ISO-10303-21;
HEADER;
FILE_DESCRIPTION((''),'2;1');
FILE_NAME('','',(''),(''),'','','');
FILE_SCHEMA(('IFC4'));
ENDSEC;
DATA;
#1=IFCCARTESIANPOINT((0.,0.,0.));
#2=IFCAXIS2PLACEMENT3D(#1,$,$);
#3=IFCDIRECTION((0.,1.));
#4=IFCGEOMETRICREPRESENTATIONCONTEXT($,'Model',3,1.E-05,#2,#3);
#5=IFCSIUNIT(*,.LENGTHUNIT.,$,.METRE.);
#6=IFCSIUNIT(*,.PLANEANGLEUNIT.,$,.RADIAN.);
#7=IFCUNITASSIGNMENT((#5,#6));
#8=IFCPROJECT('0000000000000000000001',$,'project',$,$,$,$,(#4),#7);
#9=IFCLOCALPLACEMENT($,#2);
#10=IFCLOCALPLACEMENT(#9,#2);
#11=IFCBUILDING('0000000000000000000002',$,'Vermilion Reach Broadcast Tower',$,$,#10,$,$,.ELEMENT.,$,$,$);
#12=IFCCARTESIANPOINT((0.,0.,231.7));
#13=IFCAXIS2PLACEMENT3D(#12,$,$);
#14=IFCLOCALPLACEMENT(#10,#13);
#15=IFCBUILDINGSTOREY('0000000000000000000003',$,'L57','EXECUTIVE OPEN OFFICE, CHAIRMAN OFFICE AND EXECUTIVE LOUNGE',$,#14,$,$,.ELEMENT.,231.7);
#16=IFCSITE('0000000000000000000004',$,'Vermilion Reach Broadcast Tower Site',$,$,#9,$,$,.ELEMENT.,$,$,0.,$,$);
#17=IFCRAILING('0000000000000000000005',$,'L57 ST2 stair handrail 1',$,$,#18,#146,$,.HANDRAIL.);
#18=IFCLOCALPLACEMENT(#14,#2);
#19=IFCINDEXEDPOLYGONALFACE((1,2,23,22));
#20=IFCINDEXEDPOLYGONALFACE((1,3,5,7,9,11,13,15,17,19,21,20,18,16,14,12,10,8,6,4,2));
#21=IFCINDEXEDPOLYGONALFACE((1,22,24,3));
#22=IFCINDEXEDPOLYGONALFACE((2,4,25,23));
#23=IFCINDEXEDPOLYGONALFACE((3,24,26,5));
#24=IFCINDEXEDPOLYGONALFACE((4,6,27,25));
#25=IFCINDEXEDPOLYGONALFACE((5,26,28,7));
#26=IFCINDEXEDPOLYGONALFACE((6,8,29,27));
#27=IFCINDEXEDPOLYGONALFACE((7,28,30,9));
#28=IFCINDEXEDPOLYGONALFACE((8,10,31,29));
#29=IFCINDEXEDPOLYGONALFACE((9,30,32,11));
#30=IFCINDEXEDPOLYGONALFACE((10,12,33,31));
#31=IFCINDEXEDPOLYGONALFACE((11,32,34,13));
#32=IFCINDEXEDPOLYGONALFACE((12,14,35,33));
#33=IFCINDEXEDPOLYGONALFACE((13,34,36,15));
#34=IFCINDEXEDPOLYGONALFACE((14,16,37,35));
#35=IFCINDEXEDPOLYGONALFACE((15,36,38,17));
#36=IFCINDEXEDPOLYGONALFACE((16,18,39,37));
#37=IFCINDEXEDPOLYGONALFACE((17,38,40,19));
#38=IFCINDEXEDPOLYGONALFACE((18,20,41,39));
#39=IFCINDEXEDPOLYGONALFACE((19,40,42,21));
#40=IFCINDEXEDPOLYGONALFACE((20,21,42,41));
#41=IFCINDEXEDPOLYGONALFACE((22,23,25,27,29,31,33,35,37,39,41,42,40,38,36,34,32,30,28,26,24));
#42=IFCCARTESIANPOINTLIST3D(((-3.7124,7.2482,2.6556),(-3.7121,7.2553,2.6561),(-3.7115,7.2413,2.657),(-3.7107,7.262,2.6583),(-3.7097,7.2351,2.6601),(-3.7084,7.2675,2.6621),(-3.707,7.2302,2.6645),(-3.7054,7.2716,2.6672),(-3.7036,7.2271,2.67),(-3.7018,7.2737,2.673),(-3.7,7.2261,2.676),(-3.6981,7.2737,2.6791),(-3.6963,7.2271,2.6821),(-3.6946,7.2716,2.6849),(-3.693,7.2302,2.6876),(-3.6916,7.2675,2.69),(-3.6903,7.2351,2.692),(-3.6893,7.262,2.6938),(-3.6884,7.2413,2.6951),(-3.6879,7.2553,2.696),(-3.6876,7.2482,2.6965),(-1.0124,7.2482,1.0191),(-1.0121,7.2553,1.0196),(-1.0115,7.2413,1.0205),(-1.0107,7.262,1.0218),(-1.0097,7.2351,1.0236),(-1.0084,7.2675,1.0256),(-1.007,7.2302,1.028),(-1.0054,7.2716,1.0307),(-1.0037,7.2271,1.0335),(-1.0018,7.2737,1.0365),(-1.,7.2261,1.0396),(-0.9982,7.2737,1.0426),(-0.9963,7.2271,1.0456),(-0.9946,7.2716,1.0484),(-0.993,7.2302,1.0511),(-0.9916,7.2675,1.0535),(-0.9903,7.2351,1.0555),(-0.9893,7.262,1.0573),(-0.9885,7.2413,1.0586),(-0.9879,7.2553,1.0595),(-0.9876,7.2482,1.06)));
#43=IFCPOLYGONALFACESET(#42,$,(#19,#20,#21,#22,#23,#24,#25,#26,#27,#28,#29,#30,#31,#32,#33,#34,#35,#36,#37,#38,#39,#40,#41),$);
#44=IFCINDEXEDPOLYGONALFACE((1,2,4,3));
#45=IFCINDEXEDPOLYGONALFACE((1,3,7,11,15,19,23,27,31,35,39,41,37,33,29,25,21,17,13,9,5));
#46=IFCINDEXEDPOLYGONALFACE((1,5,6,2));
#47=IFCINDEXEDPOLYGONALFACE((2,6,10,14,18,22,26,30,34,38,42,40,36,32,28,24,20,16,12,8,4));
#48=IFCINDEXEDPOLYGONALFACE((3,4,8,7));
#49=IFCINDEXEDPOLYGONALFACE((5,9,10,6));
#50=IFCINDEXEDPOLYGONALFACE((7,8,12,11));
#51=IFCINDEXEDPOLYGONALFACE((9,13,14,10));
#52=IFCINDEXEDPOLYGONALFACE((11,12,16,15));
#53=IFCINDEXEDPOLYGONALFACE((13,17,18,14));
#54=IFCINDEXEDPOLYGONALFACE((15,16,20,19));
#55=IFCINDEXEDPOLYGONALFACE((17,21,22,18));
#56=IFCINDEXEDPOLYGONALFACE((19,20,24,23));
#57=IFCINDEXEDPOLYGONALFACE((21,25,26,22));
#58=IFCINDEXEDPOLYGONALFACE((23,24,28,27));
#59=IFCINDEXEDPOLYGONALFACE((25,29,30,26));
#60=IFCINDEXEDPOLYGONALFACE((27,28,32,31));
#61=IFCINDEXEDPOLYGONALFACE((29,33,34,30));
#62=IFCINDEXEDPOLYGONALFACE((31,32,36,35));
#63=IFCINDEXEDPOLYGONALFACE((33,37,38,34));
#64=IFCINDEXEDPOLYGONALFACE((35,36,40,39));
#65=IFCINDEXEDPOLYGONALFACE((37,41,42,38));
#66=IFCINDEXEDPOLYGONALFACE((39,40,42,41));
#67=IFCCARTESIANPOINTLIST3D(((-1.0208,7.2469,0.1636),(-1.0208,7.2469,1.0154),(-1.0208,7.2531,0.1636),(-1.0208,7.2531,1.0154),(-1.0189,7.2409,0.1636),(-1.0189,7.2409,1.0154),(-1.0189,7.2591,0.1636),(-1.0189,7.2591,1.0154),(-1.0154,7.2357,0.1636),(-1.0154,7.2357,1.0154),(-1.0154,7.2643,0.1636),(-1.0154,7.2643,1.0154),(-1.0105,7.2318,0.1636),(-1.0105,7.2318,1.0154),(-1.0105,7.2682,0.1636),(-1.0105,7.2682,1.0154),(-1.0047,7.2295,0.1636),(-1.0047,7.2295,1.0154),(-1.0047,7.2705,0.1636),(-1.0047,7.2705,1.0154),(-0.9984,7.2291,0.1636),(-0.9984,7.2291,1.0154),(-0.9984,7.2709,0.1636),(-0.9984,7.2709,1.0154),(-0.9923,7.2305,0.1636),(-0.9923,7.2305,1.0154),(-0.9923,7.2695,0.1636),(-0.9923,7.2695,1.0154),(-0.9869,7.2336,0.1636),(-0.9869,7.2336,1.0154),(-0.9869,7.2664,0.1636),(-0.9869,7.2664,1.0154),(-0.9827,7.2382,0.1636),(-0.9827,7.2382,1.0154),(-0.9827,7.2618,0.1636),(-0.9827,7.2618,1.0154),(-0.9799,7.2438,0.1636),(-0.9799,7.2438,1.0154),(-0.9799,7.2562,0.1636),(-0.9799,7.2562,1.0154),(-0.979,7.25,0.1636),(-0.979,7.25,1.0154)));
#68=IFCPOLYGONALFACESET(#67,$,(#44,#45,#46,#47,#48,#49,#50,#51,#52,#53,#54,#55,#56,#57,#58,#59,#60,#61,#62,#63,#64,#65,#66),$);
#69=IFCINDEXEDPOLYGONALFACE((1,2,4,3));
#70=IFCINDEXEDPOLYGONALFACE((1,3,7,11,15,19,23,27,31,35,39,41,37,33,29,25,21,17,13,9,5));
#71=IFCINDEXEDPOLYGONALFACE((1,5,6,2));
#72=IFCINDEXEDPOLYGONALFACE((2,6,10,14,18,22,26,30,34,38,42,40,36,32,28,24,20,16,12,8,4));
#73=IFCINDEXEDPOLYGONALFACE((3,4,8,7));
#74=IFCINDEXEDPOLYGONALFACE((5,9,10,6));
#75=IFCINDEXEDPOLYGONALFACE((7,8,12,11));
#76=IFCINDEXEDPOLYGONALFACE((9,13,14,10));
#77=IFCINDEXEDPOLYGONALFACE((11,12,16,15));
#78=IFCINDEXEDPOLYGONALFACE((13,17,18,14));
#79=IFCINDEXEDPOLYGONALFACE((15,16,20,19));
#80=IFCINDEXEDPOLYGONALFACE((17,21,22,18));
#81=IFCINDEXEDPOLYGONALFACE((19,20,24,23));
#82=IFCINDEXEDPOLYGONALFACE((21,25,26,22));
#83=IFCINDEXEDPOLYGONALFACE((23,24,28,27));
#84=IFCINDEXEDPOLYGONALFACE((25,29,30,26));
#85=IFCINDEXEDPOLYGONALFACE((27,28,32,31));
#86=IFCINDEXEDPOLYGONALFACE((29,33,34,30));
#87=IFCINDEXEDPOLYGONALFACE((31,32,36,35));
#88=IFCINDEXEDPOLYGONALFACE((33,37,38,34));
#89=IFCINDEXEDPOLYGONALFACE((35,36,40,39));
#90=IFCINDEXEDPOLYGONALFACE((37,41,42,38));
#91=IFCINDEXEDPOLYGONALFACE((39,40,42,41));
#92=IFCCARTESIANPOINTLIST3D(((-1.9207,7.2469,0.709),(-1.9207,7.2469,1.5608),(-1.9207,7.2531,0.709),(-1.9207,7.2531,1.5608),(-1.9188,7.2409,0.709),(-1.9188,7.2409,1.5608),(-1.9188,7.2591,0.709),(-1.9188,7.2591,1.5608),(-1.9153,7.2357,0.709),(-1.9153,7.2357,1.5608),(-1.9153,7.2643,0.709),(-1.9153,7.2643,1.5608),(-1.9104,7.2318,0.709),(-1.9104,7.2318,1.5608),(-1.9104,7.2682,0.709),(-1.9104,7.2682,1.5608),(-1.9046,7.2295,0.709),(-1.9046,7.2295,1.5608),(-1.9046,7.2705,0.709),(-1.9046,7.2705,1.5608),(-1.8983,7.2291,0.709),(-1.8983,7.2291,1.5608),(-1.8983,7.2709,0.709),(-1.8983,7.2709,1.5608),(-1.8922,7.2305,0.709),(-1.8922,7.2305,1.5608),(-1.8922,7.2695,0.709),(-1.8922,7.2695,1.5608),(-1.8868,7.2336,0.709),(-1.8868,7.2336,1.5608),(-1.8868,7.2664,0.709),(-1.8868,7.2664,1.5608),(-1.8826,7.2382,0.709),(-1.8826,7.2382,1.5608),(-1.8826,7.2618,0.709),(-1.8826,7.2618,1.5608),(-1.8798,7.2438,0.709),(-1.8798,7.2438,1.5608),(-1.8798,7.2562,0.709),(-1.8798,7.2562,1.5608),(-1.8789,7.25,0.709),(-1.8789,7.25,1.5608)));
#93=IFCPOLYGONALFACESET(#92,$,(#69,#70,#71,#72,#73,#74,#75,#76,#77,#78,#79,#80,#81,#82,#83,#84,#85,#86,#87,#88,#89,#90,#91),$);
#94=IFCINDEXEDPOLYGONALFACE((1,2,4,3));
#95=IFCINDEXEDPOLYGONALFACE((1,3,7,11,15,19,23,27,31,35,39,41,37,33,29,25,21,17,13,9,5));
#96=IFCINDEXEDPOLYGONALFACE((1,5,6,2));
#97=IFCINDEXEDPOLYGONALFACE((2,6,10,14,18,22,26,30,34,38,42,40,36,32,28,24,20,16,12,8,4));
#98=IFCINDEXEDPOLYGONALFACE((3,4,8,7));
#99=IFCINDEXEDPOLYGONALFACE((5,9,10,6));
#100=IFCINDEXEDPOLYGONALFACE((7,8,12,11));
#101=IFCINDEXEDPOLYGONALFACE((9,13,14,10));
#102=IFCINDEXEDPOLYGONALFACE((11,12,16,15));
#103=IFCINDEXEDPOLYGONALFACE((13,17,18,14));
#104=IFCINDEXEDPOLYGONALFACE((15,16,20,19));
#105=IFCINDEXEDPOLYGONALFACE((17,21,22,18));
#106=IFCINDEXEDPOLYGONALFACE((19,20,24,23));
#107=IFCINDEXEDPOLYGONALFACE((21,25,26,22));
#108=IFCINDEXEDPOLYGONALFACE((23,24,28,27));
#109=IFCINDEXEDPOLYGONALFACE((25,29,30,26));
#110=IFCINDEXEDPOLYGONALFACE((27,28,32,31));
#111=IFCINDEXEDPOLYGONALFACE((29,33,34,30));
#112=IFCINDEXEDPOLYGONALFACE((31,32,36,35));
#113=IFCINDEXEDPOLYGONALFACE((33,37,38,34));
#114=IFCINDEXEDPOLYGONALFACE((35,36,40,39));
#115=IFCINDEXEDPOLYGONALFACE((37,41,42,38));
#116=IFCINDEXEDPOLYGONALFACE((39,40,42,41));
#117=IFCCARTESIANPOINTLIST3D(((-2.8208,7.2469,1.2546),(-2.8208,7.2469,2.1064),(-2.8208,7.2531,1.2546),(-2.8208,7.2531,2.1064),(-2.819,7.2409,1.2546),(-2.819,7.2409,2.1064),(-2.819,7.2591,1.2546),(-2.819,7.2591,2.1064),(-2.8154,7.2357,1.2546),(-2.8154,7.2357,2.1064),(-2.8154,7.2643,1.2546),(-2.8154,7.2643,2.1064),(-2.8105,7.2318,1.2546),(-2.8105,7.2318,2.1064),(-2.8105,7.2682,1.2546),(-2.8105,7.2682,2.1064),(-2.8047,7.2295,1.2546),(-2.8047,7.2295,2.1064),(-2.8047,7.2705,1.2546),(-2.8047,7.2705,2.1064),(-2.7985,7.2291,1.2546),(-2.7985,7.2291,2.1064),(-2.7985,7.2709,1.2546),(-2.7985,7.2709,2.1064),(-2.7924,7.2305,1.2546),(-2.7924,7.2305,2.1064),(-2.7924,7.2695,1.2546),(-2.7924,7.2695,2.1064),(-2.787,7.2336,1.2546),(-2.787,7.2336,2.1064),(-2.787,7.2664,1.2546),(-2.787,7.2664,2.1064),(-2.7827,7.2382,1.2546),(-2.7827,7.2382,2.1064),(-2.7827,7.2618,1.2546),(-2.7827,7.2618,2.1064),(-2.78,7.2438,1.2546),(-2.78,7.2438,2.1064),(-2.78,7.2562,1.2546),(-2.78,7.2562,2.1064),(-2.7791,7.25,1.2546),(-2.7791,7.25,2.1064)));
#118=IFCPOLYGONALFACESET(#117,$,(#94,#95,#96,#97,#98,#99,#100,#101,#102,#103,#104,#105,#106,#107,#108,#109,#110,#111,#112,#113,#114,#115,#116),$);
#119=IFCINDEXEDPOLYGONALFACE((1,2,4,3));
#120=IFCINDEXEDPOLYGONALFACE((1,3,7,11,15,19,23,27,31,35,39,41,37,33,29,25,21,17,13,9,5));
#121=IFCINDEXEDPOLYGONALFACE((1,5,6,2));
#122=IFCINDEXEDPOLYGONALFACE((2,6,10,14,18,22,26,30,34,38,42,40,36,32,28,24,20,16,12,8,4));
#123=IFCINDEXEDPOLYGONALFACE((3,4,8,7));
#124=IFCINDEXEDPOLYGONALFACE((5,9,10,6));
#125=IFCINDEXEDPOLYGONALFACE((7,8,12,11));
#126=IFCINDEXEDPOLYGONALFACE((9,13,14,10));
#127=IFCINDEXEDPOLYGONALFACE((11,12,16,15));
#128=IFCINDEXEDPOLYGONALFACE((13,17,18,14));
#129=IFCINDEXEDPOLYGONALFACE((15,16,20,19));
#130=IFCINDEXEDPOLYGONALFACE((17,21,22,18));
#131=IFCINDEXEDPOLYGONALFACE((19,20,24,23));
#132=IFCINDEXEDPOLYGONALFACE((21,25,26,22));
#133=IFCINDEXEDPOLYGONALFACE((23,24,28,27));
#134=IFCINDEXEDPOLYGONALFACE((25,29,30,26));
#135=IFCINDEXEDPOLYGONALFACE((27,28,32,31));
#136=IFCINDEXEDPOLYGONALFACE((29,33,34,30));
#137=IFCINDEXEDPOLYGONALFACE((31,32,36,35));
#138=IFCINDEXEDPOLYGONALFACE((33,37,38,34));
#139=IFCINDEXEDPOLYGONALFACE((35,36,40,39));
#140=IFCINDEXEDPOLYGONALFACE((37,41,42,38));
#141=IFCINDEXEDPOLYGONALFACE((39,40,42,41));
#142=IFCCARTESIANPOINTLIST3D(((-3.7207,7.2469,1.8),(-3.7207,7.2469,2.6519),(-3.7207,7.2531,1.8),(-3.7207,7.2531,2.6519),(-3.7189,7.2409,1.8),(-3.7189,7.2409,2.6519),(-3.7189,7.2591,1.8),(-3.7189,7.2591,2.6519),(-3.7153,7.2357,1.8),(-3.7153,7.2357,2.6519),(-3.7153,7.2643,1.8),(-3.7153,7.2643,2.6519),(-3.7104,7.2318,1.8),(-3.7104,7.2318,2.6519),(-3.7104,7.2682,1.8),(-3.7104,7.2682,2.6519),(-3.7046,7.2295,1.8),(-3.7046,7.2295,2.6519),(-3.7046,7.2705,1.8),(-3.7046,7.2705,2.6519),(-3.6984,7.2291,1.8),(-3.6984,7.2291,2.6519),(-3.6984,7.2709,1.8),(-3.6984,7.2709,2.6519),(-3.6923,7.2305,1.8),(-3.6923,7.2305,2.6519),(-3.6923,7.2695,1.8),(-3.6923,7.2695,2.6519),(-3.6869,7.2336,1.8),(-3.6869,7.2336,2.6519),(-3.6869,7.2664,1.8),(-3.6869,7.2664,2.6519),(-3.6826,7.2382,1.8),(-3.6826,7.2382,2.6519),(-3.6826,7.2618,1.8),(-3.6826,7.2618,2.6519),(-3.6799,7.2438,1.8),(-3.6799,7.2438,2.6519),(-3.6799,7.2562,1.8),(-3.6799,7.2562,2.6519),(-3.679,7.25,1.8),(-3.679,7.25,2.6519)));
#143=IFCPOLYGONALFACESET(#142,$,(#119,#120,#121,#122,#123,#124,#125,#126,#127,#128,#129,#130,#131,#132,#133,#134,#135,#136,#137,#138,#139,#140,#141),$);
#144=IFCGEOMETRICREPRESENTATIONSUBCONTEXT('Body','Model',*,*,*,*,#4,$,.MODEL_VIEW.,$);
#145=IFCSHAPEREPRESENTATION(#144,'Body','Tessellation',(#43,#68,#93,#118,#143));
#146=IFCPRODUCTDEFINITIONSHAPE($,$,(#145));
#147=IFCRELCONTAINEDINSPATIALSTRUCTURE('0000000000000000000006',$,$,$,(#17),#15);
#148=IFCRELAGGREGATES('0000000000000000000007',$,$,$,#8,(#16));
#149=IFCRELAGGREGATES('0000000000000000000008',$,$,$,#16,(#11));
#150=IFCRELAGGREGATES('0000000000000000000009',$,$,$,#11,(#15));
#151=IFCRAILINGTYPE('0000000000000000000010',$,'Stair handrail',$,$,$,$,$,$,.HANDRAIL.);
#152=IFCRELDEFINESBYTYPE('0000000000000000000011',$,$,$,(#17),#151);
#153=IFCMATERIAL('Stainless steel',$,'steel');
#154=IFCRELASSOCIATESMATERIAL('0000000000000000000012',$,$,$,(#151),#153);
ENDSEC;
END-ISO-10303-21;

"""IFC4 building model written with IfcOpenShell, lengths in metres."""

from ifc_helpers import new_model, si_unit, direction, frame, origin, origin_2d, place, context, subcontext, project, spatial, circle, extrude, material, type_object, element, save


model = new_model("IFC4")

# Units and contexts
model_context = context("Model", 3, precision=1e-05, world=origin(), true_north=direction((0.0, 1.0)))
body_context = subcontext(model_context, "Body", "Model", "MODEL_VIEW")
ifc_project = project(units=[si_unit("LENGTHUNIT", "METRE"), si_unit("PLANEANGLEUNIT", "RADIAN")], contexts=[model_context])

# Site, building, storey
site_placement = place(None, origin())
site = spatial("IfcSite", under=ifc_project, at=site_placement, Name="Vermilion Reach Broadcast Tower Site", CompositionType="ELEMENT", RefElevation=0.0)
building_placement = place(site_placement, origin())
building = spatial("IfcBuilding", under=site, at=building_placement, Name="Vermilion Reach Broadcast Tower", CompositionType="ELEMENT")
storey_placement = place(building_placement, frame((0.0, 0.0, 231.7)))
storey = spatial("IfcBuildingStorey", under=building, at=storey_placement, Name="L57", Description="EXECUTIVE OPEN OFFICE, CHAIRMAN OFFICE AND EXECUTIVE LOUNGE", CompositionType="ELEMENT", Elevation=231.7)

# Railing
ifc_material_1 = material(Name="Stainless steel", Category="steel")
railing_type_1 = type_object("IfcRailingType", Name="Stair handrail", PredefinedType="HANDRAIL", material=ifc_material_1)
railing_1_placement = place(storey_placement, frame((-1.0, 7.25, 0.1636)))
element("IfcRailing", 1, at=railing_1_placement, inside=storey, type_object=railing_type_1, Name="L57 ST2 stair handrail 1", PredefinedType="HANDRAIL", context=body_context, shape_type="SweptSolid", body=[
    extrude(circle(Radius=0.0239, at=origin_2d()), frame((0.0, 0.0, 0.876), z_axis=(-0.855178, 0.0, 0.518334), x_axis=(0.0, -1.0, 0.0)), (0.0, 0.0, 1.0), 3.1572),
    extrude(circle(Radius=0.021, at=origin_2d()), origin(), (0.0, 0.0, 1.0), 0.8518),
    extrude(circle(Radius=0.021, at=origin_2d()), frame((-0.8999, 0.0, 0.5454)), (0.0, 0.0, 1.0), 0.8518),
    extrude(circle(Radius=0.021, at=origin_2d()), frame((-1.8, 0.0, 1.0911)), (0.0, 0.0, 1.0), 0.8518),
    extrude(circle(Radius=0.021, at=origin_2d()), frame((-2.7, 0.0, 1.6365)), (0.0, 0.0, 1.0), 0.8518),
])

save(model, "model.ifc")
